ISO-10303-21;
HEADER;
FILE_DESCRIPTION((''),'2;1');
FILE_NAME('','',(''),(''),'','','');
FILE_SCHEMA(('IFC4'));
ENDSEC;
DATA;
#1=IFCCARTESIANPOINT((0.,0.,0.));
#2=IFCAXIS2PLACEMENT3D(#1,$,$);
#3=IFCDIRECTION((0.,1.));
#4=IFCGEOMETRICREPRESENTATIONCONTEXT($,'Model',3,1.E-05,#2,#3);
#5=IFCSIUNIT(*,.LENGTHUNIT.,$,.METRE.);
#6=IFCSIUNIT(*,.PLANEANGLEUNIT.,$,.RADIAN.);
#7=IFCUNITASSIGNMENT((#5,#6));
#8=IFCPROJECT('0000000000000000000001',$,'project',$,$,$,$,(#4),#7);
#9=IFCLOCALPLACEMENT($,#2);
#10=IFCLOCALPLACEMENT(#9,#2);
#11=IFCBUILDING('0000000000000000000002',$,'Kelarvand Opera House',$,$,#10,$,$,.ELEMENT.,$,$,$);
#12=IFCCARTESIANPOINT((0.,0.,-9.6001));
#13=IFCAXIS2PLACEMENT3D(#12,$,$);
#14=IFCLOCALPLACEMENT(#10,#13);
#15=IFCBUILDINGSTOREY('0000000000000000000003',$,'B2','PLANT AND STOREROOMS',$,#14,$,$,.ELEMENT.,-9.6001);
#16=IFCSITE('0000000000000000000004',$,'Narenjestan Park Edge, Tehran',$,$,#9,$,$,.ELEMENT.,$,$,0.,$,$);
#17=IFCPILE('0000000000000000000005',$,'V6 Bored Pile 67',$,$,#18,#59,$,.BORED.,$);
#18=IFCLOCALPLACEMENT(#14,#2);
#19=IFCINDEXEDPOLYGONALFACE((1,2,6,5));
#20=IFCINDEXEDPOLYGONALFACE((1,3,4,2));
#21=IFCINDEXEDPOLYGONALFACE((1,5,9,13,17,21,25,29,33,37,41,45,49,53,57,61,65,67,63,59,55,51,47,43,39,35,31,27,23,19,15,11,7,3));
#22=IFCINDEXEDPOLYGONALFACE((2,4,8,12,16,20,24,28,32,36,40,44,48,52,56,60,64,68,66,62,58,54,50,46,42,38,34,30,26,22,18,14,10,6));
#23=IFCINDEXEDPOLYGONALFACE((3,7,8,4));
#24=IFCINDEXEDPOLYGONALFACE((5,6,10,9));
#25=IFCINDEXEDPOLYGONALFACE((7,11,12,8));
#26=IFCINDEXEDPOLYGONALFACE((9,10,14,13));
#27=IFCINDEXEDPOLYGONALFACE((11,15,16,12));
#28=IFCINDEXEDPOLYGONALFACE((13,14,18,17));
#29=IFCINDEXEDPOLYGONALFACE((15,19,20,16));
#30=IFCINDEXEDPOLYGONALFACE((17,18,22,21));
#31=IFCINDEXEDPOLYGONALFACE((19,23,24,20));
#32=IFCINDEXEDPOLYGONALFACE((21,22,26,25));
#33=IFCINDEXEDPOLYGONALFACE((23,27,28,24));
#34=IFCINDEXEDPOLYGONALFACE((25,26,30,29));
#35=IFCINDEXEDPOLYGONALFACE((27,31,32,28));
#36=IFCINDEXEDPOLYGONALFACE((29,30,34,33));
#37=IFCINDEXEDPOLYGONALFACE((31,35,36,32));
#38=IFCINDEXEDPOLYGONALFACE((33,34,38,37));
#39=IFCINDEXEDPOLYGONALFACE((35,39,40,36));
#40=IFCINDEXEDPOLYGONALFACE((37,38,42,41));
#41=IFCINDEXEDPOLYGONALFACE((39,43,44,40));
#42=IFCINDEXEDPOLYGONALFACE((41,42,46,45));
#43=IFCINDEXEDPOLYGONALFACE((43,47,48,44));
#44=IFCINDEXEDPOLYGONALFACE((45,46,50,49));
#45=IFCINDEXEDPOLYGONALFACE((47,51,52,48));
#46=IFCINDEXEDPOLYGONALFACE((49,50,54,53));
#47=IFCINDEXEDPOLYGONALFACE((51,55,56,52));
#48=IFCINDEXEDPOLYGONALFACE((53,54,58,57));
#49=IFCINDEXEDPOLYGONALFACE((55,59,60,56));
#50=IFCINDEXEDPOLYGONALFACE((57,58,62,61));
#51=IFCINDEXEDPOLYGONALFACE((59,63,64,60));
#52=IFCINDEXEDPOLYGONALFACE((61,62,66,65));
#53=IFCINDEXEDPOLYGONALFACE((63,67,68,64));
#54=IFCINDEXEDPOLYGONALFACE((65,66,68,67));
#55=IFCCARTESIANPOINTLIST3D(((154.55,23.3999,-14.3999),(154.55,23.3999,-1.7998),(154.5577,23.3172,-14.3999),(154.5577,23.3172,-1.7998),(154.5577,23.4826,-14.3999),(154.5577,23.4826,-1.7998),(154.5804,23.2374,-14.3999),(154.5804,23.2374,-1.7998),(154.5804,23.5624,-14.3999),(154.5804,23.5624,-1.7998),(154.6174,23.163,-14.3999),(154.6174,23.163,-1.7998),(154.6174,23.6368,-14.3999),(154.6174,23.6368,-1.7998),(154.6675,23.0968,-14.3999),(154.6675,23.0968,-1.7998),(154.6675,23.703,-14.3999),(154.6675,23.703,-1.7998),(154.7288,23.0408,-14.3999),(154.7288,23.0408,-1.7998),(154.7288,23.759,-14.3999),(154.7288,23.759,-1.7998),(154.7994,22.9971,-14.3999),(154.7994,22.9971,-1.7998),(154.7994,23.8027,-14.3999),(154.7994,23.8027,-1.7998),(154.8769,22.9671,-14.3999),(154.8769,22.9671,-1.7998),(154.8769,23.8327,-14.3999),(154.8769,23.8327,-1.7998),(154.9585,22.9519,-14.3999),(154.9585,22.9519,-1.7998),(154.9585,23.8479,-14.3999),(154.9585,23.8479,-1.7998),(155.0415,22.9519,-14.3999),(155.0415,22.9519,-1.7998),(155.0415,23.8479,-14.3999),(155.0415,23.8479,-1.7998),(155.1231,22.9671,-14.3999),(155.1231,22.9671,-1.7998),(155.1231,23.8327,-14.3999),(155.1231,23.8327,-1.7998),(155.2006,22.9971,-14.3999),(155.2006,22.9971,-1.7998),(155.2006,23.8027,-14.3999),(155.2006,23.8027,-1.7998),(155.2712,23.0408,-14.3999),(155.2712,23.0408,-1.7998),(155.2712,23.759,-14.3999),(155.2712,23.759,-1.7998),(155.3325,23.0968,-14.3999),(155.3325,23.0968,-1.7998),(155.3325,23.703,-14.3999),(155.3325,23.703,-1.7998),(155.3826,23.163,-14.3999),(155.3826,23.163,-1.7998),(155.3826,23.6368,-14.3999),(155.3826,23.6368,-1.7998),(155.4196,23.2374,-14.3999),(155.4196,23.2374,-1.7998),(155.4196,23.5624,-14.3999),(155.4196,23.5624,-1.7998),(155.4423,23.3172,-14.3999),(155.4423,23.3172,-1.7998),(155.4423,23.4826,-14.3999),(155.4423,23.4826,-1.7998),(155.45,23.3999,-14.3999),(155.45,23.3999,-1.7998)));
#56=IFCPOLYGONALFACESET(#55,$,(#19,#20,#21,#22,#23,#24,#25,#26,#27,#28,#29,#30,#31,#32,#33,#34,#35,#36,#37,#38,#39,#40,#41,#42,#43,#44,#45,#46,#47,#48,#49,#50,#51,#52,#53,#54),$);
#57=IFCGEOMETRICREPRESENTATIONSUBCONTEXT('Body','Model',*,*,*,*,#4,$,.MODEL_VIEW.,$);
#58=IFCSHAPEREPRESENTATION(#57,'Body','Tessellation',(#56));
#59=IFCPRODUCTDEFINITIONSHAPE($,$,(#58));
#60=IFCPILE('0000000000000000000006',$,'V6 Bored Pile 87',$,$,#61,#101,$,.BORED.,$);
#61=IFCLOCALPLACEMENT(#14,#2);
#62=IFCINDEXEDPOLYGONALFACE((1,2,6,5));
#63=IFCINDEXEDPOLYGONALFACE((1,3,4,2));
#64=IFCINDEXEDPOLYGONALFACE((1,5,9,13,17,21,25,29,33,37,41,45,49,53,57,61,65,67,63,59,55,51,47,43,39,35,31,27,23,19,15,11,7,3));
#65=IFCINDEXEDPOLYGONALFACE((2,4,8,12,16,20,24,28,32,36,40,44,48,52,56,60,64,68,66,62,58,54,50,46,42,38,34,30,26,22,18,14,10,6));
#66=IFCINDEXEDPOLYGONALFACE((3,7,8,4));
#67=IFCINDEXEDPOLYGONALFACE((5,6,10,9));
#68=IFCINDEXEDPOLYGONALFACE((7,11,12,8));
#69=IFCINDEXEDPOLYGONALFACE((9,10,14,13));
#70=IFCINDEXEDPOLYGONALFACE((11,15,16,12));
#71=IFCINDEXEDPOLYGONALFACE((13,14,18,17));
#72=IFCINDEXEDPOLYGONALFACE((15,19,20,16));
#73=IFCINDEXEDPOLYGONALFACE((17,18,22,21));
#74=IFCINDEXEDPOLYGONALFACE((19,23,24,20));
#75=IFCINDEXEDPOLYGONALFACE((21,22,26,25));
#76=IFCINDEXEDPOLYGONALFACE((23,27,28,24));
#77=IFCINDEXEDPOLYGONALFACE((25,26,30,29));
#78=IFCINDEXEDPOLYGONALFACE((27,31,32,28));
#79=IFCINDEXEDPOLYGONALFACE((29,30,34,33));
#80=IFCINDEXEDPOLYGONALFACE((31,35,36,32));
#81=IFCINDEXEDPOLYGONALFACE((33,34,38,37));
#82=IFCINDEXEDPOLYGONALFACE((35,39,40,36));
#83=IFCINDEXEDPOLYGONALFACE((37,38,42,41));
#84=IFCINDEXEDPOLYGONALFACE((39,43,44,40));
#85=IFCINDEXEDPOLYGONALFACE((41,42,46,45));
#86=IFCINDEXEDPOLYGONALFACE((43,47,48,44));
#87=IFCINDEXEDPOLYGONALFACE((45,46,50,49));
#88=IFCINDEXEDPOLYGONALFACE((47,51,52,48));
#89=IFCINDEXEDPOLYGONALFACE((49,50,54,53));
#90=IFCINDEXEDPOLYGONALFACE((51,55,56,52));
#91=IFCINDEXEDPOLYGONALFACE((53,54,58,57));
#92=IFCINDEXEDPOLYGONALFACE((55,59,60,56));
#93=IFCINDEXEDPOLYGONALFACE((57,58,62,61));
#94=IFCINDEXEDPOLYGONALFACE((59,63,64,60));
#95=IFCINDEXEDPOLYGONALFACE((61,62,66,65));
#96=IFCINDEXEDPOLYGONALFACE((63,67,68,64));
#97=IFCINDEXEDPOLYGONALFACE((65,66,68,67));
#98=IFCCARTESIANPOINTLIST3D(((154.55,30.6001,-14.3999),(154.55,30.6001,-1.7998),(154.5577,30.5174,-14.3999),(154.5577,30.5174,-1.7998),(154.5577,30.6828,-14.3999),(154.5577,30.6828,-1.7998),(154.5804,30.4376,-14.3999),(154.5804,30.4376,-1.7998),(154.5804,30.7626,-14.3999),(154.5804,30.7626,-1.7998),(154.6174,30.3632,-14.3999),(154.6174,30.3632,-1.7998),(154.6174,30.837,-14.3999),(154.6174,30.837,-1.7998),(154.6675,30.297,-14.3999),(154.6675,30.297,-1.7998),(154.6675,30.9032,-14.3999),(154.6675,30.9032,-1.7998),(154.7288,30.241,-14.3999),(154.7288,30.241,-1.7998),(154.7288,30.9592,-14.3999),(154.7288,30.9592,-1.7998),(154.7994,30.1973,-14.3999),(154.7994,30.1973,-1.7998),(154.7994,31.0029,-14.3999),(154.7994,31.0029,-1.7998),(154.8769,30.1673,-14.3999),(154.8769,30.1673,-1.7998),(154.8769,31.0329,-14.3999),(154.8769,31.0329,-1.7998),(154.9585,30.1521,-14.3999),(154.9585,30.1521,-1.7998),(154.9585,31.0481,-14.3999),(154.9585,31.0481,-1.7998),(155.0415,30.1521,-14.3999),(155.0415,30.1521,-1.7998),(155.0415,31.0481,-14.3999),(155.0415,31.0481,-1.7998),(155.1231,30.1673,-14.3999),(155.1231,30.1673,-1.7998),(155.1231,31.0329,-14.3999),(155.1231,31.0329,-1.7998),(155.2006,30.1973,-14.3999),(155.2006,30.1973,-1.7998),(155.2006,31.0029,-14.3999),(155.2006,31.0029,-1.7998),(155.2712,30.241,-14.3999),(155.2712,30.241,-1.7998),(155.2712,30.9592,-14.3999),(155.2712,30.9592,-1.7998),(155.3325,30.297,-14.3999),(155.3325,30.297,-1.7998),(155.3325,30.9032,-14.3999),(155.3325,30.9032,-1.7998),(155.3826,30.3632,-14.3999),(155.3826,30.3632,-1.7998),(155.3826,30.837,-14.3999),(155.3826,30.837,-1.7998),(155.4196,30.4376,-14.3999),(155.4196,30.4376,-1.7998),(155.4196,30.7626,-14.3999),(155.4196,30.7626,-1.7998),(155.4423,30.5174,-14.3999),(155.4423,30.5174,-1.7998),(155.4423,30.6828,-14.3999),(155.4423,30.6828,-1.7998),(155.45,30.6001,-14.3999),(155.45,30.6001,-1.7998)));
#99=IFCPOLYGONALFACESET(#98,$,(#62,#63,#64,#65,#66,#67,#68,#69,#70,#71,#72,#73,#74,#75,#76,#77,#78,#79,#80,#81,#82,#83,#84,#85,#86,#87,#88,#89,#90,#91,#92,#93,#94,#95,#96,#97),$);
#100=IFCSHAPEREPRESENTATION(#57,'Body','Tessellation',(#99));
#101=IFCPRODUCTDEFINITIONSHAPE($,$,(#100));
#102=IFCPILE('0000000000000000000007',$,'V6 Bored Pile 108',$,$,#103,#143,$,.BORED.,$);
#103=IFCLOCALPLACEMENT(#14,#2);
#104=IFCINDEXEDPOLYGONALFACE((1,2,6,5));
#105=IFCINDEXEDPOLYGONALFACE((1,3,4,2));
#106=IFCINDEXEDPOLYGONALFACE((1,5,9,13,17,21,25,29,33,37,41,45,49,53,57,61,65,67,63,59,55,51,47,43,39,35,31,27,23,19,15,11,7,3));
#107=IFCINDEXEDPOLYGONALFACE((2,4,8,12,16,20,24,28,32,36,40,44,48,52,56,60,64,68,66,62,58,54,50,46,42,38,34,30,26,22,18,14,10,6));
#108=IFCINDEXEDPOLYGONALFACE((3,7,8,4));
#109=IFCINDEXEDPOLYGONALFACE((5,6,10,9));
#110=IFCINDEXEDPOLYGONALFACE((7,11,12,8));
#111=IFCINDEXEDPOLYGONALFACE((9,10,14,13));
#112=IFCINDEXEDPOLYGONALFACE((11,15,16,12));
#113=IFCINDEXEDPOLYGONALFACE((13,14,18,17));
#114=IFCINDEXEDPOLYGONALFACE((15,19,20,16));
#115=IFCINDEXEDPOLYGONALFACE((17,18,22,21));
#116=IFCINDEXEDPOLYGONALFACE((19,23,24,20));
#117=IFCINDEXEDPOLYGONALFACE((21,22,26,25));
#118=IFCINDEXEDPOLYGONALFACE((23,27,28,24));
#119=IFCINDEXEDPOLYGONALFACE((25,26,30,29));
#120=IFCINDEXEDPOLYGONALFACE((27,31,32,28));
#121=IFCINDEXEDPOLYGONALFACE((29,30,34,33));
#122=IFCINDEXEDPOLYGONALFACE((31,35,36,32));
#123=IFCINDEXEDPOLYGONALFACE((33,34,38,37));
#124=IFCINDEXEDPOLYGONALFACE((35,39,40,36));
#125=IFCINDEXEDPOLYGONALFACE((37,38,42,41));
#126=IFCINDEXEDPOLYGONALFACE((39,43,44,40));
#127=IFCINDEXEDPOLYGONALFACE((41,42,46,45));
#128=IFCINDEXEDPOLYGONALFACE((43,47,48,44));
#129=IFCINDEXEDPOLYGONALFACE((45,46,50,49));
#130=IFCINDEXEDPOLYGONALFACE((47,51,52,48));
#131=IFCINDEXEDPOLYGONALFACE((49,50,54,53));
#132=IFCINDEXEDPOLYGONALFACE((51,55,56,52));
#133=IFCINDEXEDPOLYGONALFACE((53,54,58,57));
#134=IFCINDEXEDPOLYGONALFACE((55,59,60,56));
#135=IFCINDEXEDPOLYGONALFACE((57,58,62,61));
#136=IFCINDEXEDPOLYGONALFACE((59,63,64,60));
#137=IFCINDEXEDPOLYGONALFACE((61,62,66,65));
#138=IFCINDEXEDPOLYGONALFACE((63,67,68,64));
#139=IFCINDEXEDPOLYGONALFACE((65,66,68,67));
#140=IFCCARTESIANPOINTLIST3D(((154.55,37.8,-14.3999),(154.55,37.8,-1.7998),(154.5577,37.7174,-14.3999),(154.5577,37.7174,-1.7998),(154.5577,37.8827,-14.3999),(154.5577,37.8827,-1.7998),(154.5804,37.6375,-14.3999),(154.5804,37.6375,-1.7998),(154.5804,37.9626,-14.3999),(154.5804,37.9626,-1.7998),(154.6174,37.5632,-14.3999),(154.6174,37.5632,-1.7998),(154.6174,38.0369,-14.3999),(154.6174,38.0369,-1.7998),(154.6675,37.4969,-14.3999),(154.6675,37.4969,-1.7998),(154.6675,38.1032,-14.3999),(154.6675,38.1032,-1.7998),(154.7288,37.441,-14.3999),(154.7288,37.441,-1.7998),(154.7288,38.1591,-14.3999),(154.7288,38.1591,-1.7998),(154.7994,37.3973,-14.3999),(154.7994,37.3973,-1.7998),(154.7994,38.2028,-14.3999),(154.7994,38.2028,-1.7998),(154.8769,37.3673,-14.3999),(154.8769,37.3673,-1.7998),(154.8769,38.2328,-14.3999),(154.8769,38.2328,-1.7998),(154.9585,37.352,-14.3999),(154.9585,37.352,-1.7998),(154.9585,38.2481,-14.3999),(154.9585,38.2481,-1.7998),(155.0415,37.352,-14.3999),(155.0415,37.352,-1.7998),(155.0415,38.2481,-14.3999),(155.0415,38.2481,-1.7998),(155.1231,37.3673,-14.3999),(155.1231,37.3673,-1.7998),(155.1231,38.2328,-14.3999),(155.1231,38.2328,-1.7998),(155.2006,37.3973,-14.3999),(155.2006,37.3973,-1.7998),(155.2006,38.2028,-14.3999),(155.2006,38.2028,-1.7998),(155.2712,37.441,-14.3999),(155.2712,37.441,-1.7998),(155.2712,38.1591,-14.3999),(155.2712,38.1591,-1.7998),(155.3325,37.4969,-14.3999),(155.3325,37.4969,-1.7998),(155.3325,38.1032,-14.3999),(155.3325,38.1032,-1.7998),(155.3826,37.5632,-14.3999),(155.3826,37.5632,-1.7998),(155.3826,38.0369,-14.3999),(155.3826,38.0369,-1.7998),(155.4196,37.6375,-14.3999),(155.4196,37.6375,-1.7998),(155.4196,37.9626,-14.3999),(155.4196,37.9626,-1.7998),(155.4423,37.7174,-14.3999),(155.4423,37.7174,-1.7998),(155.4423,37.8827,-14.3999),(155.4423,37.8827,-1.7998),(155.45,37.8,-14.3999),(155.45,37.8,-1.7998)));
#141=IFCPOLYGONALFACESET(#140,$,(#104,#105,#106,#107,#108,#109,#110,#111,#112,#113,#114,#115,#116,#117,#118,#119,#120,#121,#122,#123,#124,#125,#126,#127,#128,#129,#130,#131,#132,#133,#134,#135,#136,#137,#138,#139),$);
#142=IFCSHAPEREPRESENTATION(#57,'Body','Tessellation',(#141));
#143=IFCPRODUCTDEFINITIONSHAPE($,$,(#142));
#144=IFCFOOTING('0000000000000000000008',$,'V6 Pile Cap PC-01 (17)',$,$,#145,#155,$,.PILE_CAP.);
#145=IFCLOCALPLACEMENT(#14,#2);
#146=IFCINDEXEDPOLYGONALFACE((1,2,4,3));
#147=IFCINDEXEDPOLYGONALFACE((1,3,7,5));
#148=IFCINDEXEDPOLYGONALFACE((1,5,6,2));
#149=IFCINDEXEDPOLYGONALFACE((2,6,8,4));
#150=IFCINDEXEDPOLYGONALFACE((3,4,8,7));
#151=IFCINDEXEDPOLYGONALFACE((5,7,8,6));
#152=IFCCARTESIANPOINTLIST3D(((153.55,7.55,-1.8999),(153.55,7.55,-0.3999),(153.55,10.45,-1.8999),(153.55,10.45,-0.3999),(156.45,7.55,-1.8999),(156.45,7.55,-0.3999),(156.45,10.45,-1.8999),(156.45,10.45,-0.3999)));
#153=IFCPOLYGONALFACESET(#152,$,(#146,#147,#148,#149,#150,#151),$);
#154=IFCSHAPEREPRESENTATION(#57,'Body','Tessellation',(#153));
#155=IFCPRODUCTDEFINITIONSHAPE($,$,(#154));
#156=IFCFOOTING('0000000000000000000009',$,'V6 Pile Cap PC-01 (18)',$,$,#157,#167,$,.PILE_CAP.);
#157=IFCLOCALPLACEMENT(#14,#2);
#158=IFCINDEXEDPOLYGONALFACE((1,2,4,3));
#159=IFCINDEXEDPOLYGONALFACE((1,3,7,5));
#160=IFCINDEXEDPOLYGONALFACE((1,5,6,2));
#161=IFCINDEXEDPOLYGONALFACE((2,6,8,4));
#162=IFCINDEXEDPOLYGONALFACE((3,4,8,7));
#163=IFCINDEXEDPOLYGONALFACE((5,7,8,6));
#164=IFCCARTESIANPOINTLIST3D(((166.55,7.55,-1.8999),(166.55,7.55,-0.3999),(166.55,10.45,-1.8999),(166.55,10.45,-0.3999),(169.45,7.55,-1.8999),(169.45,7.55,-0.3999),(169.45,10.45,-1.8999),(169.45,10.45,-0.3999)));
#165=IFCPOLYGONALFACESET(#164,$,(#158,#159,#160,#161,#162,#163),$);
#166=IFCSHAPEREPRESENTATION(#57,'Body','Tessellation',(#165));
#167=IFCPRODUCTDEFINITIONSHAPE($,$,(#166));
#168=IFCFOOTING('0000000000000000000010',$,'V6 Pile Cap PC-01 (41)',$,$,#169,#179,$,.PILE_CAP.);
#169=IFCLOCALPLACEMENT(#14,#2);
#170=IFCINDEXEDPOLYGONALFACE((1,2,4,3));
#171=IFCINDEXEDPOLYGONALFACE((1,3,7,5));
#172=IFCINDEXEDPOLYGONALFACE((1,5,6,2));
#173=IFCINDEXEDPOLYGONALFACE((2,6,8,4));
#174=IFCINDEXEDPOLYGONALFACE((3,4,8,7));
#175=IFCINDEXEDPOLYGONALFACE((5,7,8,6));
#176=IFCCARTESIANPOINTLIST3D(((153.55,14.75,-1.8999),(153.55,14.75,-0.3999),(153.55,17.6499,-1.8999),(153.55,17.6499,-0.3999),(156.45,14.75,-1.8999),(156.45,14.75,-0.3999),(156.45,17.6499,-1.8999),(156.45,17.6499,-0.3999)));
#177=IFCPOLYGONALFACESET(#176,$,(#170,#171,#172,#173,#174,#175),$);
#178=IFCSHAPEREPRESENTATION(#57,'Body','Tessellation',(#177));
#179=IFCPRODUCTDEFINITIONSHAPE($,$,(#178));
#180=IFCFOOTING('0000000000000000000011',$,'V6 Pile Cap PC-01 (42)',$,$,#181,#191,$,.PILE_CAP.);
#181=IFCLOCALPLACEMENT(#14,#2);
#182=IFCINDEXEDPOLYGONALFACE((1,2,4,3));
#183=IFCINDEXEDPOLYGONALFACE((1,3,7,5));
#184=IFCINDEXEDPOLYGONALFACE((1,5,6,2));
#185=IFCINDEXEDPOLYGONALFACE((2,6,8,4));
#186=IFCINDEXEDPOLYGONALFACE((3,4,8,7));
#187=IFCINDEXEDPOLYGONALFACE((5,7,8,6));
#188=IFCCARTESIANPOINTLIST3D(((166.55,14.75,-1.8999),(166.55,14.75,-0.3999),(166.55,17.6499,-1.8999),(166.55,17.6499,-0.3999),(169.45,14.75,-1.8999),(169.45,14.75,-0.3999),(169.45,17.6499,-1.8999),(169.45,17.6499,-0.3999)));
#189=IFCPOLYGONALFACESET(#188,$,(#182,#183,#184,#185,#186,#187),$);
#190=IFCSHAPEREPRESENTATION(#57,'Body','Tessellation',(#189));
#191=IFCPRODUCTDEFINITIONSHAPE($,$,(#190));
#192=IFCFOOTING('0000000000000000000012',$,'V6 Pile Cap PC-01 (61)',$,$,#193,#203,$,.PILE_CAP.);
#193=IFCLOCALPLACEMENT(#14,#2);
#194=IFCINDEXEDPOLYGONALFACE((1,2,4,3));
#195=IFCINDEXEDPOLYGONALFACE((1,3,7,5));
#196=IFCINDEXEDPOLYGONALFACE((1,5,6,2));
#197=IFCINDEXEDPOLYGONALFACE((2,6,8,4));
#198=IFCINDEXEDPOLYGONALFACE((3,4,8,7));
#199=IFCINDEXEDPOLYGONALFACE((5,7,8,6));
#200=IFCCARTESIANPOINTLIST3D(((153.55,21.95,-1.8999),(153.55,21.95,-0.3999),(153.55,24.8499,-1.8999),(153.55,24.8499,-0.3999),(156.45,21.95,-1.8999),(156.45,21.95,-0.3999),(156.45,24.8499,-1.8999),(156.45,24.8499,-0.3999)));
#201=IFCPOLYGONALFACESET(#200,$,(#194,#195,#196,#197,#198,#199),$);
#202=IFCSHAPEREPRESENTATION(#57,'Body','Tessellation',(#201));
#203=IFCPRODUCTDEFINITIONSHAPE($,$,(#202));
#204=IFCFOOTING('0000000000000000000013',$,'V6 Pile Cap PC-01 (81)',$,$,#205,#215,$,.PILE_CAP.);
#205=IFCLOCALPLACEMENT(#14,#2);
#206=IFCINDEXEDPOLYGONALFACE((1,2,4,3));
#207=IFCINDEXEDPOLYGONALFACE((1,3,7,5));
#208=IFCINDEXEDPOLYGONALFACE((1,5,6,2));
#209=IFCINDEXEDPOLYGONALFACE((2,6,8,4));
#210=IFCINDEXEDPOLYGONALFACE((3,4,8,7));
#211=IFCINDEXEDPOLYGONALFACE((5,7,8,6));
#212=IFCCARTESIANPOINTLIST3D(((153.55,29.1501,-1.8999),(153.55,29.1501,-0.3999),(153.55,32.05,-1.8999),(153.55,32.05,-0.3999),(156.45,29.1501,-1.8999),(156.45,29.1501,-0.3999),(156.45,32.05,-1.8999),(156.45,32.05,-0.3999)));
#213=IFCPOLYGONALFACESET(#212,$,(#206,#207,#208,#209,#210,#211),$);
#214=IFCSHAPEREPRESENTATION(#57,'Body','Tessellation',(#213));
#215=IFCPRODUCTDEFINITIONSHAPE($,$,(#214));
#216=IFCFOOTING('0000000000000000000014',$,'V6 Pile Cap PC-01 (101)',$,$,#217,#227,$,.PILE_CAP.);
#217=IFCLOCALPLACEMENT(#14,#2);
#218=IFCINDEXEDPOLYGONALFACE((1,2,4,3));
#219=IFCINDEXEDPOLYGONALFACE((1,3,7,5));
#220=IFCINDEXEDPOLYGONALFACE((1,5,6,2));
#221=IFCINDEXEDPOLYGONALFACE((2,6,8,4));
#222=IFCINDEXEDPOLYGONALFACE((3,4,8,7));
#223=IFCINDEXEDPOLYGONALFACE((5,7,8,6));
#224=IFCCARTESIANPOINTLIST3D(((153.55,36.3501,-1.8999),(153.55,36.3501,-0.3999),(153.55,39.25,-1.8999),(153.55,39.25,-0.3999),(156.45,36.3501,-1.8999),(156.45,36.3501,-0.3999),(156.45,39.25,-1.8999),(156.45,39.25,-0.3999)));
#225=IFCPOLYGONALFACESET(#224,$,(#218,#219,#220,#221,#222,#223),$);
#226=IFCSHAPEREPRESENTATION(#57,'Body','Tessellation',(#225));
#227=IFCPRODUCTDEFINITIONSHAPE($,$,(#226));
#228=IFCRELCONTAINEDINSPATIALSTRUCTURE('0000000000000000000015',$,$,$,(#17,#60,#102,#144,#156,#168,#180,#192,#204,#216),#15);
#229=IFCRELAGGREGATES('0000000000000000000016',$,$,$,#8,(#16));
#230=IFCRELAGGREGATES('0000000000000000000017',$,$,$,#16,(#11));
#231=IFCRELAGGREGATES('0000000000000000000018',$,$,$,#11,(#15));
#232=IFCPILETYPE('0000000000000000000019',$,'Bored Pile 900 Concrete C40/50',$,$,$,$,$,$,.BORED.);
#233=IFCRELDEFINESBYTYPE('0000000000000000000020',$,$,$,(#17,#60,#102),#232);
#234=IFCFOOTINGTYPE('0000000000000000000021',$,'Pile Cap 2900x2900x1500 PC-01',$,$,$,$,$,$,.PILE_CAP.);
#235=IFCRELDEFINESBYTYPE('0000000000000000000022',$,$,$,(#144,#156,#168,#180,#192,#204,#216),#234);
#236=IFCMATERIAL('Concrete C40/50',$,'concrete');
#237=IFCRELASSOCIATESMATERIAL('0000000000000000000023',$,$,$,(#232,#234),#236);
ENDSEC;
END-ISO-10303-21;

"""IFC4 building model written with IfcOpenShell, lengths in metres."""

from ifc_helpers import new_model, si_unit, direction, frame, origin, origin_2d, place, context, subcontext, project, spatial, rectangle, circle, extrude, material, material_profile, profile_set, type_object, element, save


model = new_model("IFC4")

# Units and contexts
model_context = context("Model", 3, precision=1e-05, world=origin(), true_north=direction((0.0, 1.0)))
body_context = subcontext(model_context, "Body", "Model", "MODEL_VIEW")
ifc_project = project(units=[si_unit("LENGTHUNIT", "METRE"), si_unit("PLANEANGLEUNIT", "RADIAN")], contexts=[model_context])

# Site, building, storey
site_placement = place(None, origin())
site = spatial("IfcSite", under=ifc_project, at=site_placement, Name="Narenjestan Park Edge, Tehran", CompositionType="ELEMENT", RefElevation=0.0)
building_placement = place(site_placement, origin())
building = spatial("IfcBuilding", under=site, at=building_placement, Name="Kelarvand Opera House", CompositionType="ELEMENT")
storey_placement = place(building_placement, frame((0.0, 0.0, -9.6001)))
storey = spatial("IfcBuildingStorey", under=building, at=storey_placement, Name="B2", Description="PLANT AND STOREROOMS", CompositionType="ELEMENT", Elevation=-9.6001)

# Piles
ifc_material_1 = material(Name="Concrete C40/50", Category="concrete")
ifc_material_profile_1 = material_profile(ifc_material_1, circle(Radius=0.45, at=origin_2d()), Name="BP 900", Category="concrete")
ifc_profile_set_1 = profile_set([ifc_material_profile_1], Name="Concrete C40/50")
pile_type = type_object("IfcPileType", Name="Bored Pile 900 Concrete C40/50", PredefinedType="BORED", material=ifc_profile_set_1)
for number, where, z_axis, x_axis, name in (
    (1, (155.0, 23.3999, -1.7998), (0.0, 0.0, -1.0), (1.0, 0.0, 0.0), "V6 Bored Pile 67"),
    (2, (155.0, 30.6001, -1.7998), (0.0, 0.0, -1.0), (1.0, 0.0, 0.0), "V6 Bored Pile 87"),
    (3, (155.0, 37.8, -1.7998), (0.0, 0.0, -1.0), (1.0, 0.0, 0.0), "V6 Bored Pile 108"),
):
    element("IfcPile", number, at=place(storey_placement, frame(where, z_axis=z_axis, x_axis=x_axis)), inside=storey, type_object=pile_type, Name=name, PredefinedType="BORED", context=body_context, shape_type="SweptSolid", body=[
        extrude(circle(Radius=0.45, at=origin_2d()), origin(), (0.0, 0.0, 1.0), 12.6001),
    ])

# Footings
footing_type = type_object("IfcFootingType", Name="Pile Cap 2900x2900x1500 PC-01", PredefinedType="PILE_CAP", material=ifc_material_1)
for number, where, z_axis, x_axis, name in (
    (4, (155.0, 9.0, -1.8999), (0.0, 0.0, 1.0), (1.0, 0.0, 0.0), "V6 Pile Cap PC-01 (17)"),
    (5, (168.0, 9.0, -1.8999), (0.0, 0.0, 1.0), (1.0, 0.0, 0.0), "V6 Pile Cap PC-01 (18)"),
    (6, (155.0, 16.2, -1.8999), (0.0, 0.0, 1.0), (1.0, 0.0, 0.0), "V6 Pile Cap PC-01 (41)"),
    (7, (168.0, 16.2, -1.8999), (0.0, 0.0, 1.0), (1.0, 0.0, 0.0), "V6 Pile Cap PC-01 (42)"),
    (8, (155.0, 23.3999, -1.8999), (0.0, 0.0, 1.0), (1.0, 0.0, 0.0), "V6 Pile Cap PC-01 (61)"),
    (9, (155.0, 30.6001, -1.8999), (0.0, 0.0, 1.0), (1.0, 0.0, 0.0), "V6 Pile Cap PC-01 (81)"),
    (10, (155.0, 37.8, -1.8999), (0.0, 0.0, 1.0), (1.0, 0.0, 0.0), "V6 Pile Cap PC-01 (101)"),
):
    element("IfcFooting", number, at=place(storey_placement, frame(where, z_axis=z_axis, x_axis=x_axis)), inside=storey, type_object=footing_type, Name=name, PredefinedType="PILE_CAP", context=body_context, shape_type="SweptSolid", body=[
        extrude(rectangle(XDim=2.8999, YDim=2.8999, at=origin_2d()), origin(), (0.0, 0.0, 1.0), 1.5),
    ])

save(model, "model.ifc")
